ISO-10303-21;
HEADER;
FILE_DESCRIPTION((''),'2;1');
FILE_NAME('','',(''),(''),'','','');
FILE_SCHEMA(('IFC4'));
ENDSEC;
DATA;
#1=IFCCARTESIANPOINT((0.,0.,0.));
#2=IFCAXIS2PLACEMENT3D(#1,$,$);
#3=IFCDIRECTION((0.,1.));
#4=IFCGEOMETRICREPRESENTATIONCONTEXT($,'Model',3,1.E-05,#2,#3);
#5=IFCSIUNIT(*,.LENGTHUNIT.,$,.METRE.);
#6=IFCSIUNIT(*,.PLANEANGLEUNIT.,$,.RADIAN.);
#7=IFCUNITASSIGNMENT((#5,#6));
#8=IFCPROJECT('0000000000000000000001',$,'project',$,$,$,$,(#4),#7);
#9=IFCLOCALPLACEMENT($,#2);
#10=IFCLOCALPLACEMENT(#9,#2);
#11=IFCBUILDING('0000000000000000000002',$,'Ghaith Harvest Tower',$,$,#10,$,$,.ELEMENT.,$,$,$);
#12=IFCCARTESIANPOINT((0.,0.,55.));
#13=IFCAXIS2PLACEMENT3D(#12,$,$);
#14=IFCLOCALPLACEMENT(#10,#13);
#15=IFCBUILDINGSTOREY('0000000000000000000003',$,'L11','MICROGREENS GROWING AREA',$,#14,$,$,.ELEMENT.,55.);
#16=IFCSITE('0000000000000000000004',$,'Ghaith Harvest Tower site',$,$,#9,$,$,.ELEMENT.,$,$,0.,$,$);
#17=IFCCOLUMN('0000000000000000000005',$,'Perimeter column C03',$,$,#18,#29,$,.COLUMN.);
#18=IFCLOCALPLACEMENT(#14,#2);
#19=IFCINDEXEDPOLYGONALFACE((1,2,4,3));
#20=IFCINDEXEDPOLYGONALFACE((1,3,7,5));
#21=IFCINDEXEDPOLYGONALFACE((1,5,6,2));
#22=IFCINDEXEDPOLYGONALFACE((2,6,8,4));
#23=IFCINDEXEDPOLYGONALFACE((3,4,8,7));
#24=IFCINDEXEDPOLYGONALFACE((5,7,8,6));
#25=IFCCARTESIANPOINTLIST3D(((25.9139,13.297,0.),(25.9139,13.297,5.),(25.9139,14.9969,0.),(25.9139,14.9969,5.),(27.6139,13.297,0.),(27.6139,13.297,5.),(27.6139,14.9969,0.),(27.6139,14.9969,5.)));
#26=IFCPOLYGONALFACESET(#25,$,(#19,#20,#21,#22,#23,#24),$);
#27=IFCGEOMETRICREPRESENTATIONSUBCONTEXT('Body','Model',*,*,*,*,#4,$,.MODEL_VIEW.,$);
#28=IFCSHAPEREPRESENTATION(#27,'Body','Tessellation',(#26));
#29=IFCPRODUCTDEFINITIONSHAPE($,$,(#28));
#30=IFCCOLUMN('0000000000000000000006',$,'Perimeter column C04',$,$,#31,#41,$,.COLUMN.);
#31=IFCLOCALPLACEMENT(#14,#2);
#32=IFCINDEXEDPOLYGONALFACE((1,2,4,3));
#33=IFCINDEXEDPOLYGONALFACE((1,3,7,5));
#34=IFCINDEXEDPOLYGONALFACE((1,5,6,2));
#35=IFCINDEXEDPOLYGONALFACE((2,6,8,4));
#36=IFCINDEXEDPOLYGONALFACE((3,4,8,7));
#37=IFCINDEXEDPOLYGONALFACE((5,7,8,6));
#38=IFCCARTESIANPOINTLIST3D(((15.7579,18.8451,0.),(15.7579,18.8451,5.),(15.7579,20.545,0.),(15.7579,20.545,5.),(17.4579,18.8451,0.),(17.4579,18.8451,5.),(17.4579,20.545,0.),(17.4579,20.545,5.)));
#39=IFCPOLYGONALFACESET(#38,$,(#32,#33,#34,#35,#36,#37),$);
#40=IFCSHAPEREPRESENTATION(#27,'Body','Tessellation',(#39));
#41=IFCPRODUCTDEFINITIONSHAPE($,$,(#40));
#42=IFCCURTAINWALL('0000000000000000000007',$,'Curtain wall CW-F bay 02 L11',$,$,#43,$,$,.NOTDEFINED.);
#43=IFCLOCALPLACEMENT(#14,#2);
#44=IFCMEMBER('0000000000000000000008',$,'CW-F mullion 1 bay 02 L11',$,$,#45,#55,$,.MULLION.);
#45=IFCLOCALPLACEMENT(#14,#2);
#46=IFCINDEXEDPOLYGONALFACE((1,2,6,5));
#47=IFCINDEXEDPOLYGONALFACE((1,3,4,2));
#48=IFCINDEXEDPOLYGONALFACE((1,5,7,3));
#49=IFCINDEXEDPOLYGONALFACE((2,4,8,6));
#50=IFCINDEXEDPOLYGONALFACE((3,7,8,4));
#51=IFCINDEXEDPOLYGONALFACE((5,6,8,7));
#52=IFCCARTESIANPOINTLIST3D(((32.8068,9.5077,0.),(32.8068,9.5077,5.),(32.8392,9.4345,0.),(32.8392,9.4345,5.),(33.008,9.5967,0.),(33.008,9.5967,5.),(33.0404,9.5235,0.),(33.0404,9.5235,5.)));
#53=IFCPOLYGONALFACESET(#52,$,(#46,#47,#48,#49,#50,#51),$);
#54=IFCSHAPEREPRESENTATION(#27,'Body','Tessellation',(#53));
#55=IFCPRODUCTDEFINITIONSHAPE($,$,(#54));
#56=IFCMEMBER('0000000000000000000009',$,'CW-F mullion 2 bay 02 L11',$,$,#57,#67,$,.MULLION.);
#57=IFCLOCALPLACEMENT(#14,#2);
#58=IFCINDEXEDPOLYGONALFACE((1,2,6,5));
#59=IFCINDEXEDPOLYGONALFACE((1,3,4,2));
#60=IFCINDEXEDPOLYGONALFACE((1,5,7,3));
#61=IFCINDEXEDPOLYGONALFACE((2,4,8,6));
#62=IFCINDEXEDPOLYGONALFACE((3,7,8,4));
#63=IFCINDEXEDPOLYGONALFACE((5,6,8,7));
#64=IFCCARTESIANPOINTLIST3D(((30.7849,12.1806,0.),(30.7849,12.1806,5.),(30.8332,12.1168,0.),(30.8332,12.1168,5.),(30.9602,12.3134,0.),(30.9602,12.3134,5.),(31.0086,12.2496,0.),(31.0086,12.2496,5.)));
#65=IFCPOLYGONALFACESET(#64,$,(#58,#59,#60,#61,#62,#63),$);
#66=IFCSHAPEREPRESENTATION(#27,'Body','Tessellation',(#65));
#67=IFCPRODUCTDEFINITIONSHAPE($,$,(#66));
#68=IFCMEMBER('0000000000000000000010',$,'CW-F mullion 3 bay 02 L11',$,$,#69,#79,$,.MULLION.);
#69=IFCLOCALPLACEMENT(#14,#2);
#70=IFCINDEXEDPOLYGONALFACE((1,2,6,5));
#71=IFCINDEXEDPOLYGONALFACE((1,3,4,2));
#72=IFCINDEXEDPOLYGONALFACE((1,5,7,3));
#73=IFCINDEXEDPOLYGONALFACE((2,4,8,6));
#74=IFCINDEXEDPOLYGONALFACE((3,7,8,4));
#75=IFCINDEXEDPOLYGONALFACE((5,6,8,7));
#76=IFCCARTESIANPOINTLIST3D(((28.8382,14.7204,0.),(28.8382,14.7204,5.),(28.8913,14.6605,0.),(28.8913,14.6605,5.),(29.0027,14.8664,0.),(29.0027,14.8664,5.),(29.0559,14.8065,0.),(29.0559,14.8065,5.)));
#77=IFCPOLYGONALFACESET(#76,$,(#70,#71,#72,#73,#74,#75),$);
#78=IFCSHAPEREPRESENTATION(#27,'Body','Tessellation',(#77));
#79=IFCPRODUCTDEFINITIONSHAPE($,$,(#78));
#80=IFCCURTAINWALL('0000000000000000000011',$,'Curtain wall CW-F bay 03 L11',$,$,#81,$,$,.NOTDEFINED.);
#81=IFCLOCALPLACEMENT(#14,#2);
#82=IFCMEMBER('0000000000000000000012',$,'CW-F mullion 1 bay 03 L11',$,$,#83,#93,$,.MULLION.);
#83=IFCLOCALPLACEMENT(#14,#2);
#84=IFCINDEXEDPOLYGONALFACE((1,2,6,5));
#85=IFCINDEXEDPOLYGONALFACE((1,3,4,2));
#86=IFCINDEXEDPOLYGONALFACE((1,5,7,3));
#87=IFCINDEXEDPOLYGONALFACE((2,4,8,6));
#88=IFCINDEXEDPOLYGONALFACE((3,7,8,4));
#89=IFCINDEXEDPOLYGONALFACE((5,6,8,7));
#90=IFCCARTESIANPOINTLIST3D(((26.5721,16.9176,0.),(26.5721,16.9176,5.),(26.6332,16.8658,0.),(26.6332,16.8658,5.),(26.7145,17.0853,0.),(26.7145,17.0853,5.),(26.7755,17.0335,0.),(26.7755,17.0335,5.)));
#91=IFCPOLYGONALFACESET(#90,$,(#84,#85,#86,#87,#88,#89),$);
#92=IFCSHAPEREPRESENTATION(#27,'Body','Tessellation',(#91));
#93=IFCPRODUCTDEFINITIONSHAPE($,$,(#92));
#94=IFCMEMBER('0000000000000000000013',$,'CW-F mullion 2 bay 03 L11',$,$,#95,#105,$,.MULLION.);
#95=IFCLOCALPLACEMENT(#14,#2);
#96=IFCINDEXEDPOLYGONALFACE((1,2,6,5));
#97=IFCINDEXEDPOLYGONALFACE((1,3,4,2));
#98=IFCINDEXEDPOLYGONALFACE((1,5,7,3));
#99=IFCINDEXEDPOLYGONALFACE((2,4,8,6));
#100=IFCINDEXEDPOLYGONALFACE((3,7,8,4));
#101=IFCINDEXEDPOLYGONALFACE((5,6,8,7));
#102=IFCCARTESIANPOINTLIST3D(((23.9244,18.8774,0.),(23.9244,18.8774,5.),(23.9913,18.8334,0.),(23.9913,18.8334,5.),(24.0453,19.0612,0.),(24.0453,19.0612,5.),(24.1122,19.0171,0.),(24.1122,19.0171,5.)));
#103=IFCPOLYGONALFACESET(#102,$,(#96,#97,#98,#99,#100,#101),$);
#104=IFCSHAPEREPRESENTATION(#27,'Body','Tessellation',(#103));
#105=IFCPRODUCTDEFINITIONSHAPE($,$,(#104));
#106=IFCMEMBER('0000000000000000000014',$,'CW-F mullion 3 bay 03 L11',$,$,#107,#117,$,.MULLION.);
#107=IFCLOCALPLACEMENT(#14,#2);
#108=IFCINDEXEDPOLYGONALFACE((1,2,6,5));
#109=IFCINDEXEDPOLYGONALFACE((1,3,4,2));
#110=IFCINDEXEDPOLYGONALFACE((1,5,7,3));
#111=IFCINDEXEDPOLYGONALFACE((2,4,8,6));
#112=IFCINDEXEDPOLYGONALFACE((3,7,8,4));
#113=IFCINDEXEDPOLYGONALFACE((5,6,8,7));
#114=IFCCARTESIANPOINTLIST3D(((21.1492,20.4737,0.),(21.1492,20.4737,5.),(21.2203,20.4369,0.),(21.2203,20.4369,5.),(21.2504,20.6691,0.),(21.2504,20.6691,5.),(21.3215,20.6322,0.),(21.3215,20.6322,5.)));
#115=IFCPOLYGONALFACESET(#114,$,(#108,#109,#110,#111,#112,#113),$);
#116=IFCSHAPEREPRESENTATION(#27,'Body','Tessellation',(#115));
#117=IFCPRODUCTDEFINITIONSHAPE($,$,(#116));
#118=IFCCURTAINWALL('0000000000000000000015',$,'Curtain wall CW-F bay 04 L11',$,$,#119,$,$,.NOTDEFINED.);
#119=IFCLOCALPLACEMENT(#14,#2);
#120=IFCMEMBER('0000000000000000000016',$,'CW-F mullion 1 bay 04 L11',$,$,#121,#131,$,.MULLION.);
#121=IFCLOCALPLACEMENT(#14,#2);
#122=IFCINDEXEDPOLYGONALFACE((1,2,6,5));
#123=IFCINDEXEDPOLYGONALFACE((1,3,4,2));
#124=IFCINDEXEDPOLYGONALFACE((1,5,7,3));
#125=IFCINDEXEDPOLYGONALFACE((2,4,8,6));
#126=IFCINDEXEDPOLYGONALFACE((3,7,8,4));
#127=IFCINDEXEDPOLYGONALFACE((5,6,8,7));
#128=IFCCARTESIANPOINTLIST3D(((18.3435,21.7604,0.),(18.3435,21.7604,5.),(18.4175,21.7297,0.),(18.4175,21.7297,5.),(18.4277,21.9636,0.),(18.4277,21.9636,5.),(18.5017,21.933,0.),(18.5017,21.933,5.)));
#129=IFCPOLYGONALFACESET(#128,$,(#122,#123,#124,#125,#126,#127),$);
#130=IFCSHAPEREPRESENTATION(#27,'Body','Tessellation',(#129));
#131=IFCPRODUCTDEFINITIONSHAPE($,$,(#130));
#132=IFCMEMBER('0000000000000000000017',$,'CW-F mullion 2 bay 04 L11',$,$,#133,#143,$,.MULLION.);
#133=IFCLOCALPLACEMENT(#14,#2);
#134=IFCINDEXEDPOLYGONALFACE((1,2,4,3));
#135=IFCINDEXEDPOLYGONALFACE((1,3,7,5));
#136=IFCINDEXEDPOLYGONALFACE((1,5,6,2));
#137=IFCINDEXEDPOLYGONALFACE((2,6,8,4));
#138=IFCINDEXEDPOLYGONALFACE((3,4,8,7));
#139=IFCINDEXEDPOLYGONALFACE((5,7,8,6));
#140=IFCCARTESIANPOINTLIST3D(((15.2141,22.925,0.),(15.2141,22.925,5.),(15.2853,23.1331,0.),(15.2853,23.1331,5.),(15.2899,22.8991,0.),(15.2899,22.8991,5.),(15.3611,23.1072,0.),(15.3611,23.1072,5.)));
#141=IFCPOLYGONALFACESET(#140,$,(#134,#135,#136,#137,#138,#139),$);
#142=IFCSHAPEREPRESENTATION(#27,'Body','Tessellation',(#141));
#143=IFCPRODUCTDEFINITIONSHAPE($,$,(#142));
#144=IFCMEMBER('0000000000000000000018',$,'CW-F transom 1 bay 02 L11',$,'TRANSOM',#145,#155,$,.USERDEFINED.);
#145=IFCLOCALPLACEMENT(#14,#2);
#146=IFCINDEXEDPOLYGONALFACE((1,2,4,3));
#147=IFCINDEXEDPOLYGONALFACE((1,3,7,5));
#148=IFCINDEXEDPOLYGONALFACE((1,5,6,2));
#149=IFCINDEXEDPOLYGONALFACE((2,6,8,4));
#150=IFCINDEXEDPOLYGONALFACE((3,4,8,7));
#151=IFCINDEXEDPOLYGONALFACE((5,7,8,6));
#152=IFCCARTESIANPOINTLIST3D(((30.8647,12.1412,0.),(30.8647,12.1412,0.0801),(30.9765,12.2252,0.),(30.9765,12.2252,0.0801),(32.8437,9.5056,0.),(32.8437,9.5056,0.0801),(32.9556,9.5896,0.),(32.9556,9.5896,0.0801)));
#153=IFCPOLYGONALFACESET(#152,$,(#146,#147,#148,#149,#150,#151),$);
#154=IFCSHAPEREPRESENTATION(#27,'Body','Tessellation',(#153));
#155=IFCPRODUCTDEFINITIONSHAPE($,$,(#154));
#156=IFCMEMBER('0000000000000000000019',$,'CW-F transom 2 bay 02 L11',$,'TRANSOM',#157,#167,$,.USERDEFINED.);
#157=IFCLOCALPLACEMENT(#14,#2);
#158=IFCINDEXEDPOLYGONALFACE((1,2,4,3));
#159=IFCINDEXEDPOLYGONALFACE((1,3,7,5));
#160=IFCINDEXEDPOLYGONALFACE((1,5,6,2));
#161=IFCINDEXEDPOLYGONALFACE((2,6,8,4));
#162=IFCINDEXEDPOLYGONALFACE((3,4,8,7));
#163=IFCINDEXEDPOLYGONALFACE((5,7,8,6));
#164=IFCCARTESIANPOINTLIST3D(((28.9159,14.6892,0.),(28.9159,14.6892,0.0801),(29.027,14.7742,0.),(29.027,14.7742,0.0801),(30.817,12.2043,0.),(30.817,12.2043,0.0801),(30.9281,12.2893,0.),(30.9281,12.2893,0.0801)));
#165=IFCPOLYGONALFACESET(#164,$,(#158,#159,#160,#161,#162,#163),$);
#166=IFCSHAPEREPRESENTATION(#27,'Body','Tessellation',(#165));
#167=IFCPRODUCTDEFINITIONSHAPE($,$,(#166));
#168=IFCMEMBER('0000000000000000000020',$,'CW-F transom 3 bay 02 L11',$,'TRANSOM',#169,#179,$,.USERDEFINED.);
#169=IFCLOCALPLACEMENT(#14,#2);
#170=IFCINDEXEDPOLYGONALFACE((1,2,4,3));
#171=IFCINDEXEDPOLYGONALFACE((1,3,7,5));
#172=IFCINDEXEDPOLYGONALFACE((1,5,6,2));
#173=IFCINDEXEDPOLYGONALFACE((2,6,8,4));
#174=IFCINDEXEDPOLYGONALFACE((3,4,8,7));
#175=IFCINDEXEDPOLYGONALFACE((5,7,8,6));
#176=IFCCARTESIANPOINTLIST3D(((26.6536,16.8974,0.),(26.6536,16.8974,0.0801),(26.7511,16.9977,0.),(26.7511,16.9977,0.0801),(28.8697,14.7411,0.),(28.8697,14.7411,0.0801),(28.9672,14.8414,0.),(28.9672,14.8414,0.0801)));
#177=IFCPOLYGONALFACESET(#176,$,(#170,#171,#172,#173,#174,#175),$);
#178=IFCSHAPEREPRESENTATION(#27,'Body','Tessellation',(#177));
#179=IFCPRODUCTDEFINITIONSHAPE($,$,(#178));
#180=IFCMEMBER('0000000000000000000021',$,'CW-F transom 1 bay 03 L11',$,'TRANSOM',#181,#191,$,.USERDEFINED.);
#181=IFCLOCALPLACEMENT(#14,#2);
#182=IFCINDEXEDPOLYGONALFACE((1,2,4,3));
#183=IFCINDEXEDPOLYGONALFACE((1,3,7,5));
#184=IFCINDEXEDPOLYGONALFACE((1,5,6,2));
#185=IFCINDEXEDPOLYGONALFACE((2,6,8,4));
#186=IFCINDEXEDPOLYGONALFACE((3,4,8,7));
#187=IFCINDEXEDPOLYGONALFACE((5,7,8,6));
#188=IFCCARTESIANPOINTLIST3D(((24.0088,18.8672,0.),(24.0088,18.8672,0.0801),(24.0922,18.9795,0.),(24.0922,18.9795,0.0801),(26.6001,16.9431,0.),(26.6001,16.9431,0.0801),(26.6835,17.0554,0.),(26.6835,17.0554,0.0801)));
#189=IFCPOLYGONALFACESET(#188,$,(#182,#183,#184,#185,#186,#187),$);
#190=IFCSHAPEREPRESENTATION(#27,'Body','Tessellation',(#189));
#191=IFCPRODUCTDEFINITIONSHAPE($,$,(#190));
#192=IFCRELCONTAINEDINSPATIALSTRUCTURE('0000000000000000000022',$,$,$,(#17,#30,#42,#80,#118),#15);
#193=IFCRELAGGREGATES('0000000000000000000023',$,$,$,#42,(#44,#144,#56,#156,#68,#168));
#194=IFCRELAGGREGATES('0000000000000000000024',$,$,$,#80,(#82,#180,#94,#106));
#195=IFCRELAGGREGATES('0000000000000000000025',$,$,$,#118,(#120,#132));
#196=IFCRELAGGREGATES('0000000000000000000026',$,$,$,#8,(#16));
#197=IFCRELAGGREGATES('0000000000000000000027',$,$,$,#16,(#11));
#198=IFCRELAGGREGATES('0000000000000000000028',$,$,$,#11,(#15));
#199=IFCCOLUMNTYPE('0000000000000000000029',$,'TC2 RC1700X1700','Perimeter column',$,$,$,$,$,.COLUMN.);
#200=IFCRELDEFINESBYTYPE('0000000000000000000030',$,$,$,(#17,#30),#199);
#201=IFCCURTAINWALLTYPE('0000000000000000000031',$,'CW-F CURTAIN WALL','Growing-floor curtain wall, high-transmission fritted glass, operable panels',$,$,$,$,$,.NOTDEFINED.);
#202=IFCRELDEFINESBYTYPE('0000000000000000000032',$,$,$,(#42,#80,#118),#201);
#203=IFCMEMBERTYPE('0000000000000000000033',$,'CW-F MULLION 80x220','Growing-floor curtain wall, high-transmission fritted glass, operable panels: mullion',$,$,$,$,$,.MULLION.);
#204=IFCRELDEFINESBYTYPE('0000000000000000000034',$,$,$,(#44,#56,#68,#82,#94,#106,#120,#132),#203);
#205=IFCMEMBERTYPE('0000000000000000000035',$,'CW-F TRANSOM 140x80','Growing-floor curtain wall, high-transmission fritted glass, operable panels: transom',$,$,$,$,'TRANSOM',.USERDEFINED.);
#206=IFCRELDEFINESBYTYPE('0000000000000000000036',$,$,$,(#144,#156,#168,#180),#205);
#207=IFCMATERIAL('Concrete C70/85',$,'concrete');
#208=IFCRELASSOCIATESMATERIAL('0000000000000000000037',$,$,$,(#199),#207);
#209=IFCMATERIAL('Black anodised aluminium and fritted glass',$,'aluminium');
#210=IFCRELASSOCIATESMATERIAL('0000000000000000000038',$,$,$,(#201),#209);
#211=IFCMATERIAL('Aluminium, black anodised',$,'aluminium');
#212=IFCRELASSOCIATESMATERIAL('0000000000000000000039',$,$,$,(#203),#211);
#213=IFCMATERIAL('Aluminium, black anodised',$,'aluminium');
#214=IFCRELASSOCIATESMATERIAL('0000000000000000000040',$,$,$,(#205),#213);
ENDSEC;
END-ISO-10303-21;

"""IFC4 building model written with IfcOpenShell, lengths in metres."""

from ifc_helpers import new_model, si_unit, direction, frame, origin, origin_2d, place, context, subcontext, project, spatial, rectangle, extrude, material, material_profile, profile_set, type_object, element, aggregate, save


model = new_model("IFC4")

# Units and contexts
model_context = context("Model", 3, precision=1e-05, world=origin(), true_north=direction((0.0, 1.0)))
body_context = subcontext(model_context, "Body", "Model", "MODEL_VIEW")
ifc_project = project(units=[si_unit("LENGTHUNIT", "METRE"), si_unit("PLANEANGLEUNIT", "RADIAN")], contexts=[model_context])

# Site, building, storey
site_placement = place(None, origin())
site = spatial("IfcSite", under=ifc_project, at=site_placement, Name="Ghaith Harvest Tower site", CompositionType="ELEMENT", RefElevation=0.0)
building_placement = place(site_placement, origin())
building = spatial("IfcBuilding", under=site, at=building_placement, Name="Ghaith Harvest Tower", CompositionType="ELEMENT")
storey_placement = place(building_placement, frame((0.0, 0.0, 55.0)))
storey = spatial("IfcBuildingStorey", under=building, at=storey_placement, Name="L11", Description="MICROGREENS GROWING AREA", CompositionType="ELEMENT", Elevation=55.0)

# Columns
ifc_material_1 = material(Name="Concrete C70/85", Category="concrete")
ifc_material_profile_1 = material_profile(ifc_material_1, rectangle(XDim=1.7, YDim=1.7, at=origin_2d()), Name="RC1700X1700")
ifc_profile_set_1 = profile_set([ifc_material_profile_1], Name="Concrete C70/85")
column_type = type_object("IfcColumnType", Name="TC2 RC1700X1700", Description="Perimeter column", PredefinedType="COLUMN", material=ifc_profile_set_1)
for number, where, z_axis, x_axis, name in (
    (1, (26.7639, 14.147, 0.0), (0.0, 0.0, 1.0), (1.0, 0.0, 0.0), "Perimeter column C03"),
    (2, (16.6079, 19.6951, 0.0), (0.0, 0.0, 1.0), (1.0, 0.0, 0.0), "Perimeter column C04"),
):
    element("IfcColumn", number, at=place(storey_placement, frame(where, z_axis=z_axis, x_axis=x_axis)), inside=storey, type_object=column_type, Name=name, PredefinedType="COLUMN", context=body_context, shape_type="SweptSolid", body=[
        extrude(rectangle(XDim=1.7, YDim=1.7, at=origin_2d()), origin(), (0.0, 0.0, 1.0), 5.0),
    ])

# Curtain walls, members
ifc_material_2 = material(Name="Black anodised aluminium and fritted glass", Category="aluminium")
curtain_wall_type = type_object("IfcCurtainWallType", Name="CW-F CURTAIN WALL", Description="Growing-floor curtain wall, high-transmission fritted glass, operable panels", PredefinedType="NOTDEFINED", material=ifc_material_2)
curtain_wall_1_placement = place(storey_placement, origin())
curtain_wall_1 = element("IfcCurtainWall", 3, at=curtain_wall_1_placement, inside=storey, type_object=curtain_wall_type, Name="Curtain wall CW-F bay 02 L11", PredefinedType="NOTDEFINED")
ifc_material_3 = material(Name="Aluminium, black anodised", Category="aluminium")
ifc_material_profile_2 = material_profile(ifc_material_3, rectangle(XDim=0.0801, YDim=0.22, at=origin_2d()), Name="CW-F MULLION 80x220")
ifc_profile_set_2 = profile_set([ifc_material_profile_2], Name="Aluminium, black anodised")
member_type_1 = type_object("IfcMemberType", Name="CW-F MULLION 80x220", Description="Growing-floor curtain wall, high-transmission fritted glass, operable panels: mullion", PredefinedType="MULLION", material=ifc_profile_set_2)
member_1_placement = place(storey_placement, frame((32.9236, 9.5156, 0.0), z_axis=(0.0, 0.0, 1.0), x_axis=(-0.404702, 0.914449, 0.0)))
member_1 = element("IfcMember", 4, at=member_1_placement, type_object=member_type_1, Name="CW-F mullion 1 bay 02 L11", PredefinedType="MULLION", context=body_context, shape_type="SweptSolid", body=[
    extrude(rectangle(XDim=0.0801, YDim=0.22, at=origin_2d()), origin(), (0.0, 0.0, 1.0), 5.0),
])
member_2_placement = place(storey_placement, frame((30.8967, 12.2151, 0.0), z_axis=(0.0, 0.0, 1.0), x_axis=(-0.603948, 0.797023, 0.0)))
member_2 = element("IfcMember", 5, at=member_2_placement, type_object=member_type_1, Name="CW-F mullion 2 bay 02 L11", PredefinedType="MULLION", context=body_context, shape_type="SweptSolid", body=[
    extrude(rectangle(XDim=0.0801, YDim=0.22, at=origin_2d()), origin(), (0.0, 0.0, 1.0), 5.0),
])
member_3_placement = place(storey_placement, frame((28.947, 14.7634, 0.0), z_axis=(0.0, 0.0, 1.0), x_axis=(-0.663605, 0.748083, 0.0)))
member_3 = element("IfcMember", 6, at=member_3_placement, type_object=member_type_1, Name="CW-F mullion 3 bay 02 L11", PredefinedType="MULLION", context=body_context, shape_type="SweptSolid", body=[
    extrude(rectangle(XDim=0.0801, YDim=0.22, at=origin_2d()), origin(), (0.0, 0.0, 1.0), 5.0),
])
curtain_wall_2_placement = place(storey_placement, origin())
curtain_wall_2 = element("IfcCurtainWall", 7, at=curtain_wall_2_placement, inside=storey, type_object=curtain_wall_type, Name="Curtain wall CW-F bay 03 L11", PredefinedType="NOTDEFINED")
member_4_placement = place(storey_placement, frame((26.6738, 16.9756, 0.0), z_axis=(0.0, 0.0, 1.0), x_axis=(-0.762366, 0.647146, 0.0)))
member_4 = element("IfcMember", 8, at=member_4_placement, type_object=member_type_1, Name="CW-F mullion 1 bay 03 L11", PredefinedType="MULLION", context=body_context, shape_type="SweptSolid", body=[
    extrude(rectangle(XDim=0.0801, YDim=0.22, at=origin_2d()), origin(), (0.0, 0.0, 1.0), 5.0),
])
member_5_placement = place(storey_placement, frame((24.0183, 18.9473, 0.0), z_axis=(0.0, 0.0, 1.0), x_axis=(-0.835444, 0.549576, 0.0)))
member_5 = element("IfcMember", 9, at=member_5_placement, type_object=member_type_1, Name="CW-F mullion 2 bay 03 L11", PredefinedType="MULLION", context=body_context, shape_type="SweptSolid", body=[
    extrude(rectangle(XDim=0.0801, YDim=0.22, at=origin_2d()), origin(), (0.0, 0.0, 1.0), 5.0),
])
member_6_placement = place(storey_placement, frame((21.2354, 20.553, 0.0), z_axis=(0.0, 0.0, 1.0), x_axis=(-0.887897, 0.460043, 0.0)))
member_6 = element("IfcMember", 10, at=member_6_placement, type_object=member_type_1, Name="CW-F mullion 3 bay 03 L11", PredefinedType="MULLION", context=body_context, shape_type="SweptSolid", body=[
    extrude(rectangle(XDim=0.0801, YDim=0.22, at=origin_2d()), origin(), (0.0, 0.0, 1.0), 5.0),
])
curtain_wall_3_placement = place(storey_placement, origin())
curtain_wall_3 = element("IfcCurtainWall", 11, at=curtain_wall_3_placement, inside=storey, type_object=curtain_wall_type, Name="Curtain wall CW-F bay 04 L11", PredefinedType="NOTDEFINED")
member_7_placement = place(storey_placement, frame((18.4226, 21.8467, 0.0), z_axis=(0.0, 0.0, 1.0), x_axis=(-0.92391, 0.382609, 0.0)))
member_7 = element("IfcMember", 12, at=member_7_placement, type_object=member_type_1, Name="CW-F mullion 1 bay 04 L11", PredefinedType="MULLION", context=body_context, shape_type="SweptSolid", body=[
    extrude(rectangle(XDim=0.0801, YDim=0.22, at=origin_2d()), origin(), (0.0, 0.0, 1.0), 5.0),
])
member_8_placement = place(storey_placement, frame((15.2876, 23.0161, 0.0), z_axis=(0.0, 0.0, 1.0), x_axis=(-0.946121, 0.323813, 0.0)))
member_8 = element("IfcMember", 13, at=member_8_placement, type_object=member_type_1, Name="CW-F mullion 2 bay 04 L11", PredefinedType="MULLION", context=body_context, shape_type="SweptSolid", body=[
    extrude(rectangle(XDim=0.0801, YDim=0.22, at=origin_2d()), origin(), (0.0, 0.0, 1.0), 5.0),
])

# Members
ifc_material_4 = material(Name="Aluminium, black anodised", Category="aluminium")
ifc_material_profile_3 = material_profile(ifc_material_4, rectangle(XDim=0.1399, YDim=0.0801, at=origin_2d()), Name="CW-F TRANSOM 140x80")
ifc_profile_set_3 = profile_set([ifc_material_profile_3], Name="Aluminium, black anodised")
member_type_2 = type_object("IfcMemberType", Name="CW-F TRANSOM 140x80", Description="Growing-floor curtain wall, high-transmission fritted glass, operable panels: transom", ElementType="TRANSOM", PredefinedType="USERDEFINED", material=ifc_profile_set_3)
member_9_placement = place(storey_placement, frame((32.8997, 9.5476, 0.04), z_axis=(-0.600462, 0.799653, 0.0), x_axis=(-0.799653, -0.600462, 0.0)))
member_9 = element("IfcMember", 14, at=member_9_placement, type_object=member_type_2, Name="CW-F transom 1 bay 02 L11", ObjectType="TRANSOM", PredefinedType="USERDEFINED", context=body_context, shape_type="SweptSolid", body=[
    extrude(rectangle(XDim=0.1399, YDim=0.0801, at=origin_2d()), origin(), (0.0, 0.0, 1.0), 3.2959),
])
member_10_placement = place(storey_placement, frame((30.8726, 12.2468, 0.04), z_axis=(-0.607638, 0.794214, 0.0), x_axis=(-0.794214, -0.607638, 0.0)))
member_10 = element("IfcMember", 15, at=member_10_placement, type_object=member_type_2, Name="CW-F transom 2 bay 02 L11", ObjectType="TRANSOM", PredefinedType="USERDEFINED", context=body_context, shape_type="SweptSolid", body=[
    extrude(rectangle(XDim=0.1399, YDim=0.0801, at=origin_2d()), origin(), (0.0, 0.0, 1.0), 3.1287),
])
member_11_placement = place(storey_placement, frame((28.9185, 14.7913, 0.04), z_axis=(-0.716713, 0.697368, 0.0), x_axis=(-0.697368, -0.716713, 0.0)))
member_11 = element("IfcMember", 16, at=member_11_placement, type_object=member_type_2, Name="CW-F transom 3 bay 02 L11", ObjectType="TRANSOM", PredefinedType="USERDEFINED", context=body_context, shape_type="SweptSolid", body=[
    extrude(rectangle(XDim=0.1399, YDim=0.0801, at=origin_2d()), origin(), (0.0, 0.0, 1.0), 3.092),
])
member_12_placement = place(storey_placement, frame((26.6418, 16.9993, 0.04), z_axis=(-0.802877, 0.596144, 0.0), x_axis=(-0.596144, -0.802877, 0.0)))
member_12 = element("IfcMember", 17, at=member_12_placement, type_object=member_type_2, Name="CW-F transom 1 bay 03 L11", ObjectType="TRANSOM", PredefinedType="USERDEFINED", context=body_context, shape_type="SweptSolid", body=[
    extrude(rectangle(XDim=0.1399, YDim=0.0801, at=origin_2d()), origin(), (0.0, 0.0, 1.0), 3.2275),
])

aggregate(curtain_wall_1, [member_1, member_9, member_2, member_10, member_3, member_11])
aggregate(curtain_wall_2, [member_4, member_12, member_5, member_6])
aggregate(curtain_wall_3, [member_7, member_8])

save(model, "model.ifc")
